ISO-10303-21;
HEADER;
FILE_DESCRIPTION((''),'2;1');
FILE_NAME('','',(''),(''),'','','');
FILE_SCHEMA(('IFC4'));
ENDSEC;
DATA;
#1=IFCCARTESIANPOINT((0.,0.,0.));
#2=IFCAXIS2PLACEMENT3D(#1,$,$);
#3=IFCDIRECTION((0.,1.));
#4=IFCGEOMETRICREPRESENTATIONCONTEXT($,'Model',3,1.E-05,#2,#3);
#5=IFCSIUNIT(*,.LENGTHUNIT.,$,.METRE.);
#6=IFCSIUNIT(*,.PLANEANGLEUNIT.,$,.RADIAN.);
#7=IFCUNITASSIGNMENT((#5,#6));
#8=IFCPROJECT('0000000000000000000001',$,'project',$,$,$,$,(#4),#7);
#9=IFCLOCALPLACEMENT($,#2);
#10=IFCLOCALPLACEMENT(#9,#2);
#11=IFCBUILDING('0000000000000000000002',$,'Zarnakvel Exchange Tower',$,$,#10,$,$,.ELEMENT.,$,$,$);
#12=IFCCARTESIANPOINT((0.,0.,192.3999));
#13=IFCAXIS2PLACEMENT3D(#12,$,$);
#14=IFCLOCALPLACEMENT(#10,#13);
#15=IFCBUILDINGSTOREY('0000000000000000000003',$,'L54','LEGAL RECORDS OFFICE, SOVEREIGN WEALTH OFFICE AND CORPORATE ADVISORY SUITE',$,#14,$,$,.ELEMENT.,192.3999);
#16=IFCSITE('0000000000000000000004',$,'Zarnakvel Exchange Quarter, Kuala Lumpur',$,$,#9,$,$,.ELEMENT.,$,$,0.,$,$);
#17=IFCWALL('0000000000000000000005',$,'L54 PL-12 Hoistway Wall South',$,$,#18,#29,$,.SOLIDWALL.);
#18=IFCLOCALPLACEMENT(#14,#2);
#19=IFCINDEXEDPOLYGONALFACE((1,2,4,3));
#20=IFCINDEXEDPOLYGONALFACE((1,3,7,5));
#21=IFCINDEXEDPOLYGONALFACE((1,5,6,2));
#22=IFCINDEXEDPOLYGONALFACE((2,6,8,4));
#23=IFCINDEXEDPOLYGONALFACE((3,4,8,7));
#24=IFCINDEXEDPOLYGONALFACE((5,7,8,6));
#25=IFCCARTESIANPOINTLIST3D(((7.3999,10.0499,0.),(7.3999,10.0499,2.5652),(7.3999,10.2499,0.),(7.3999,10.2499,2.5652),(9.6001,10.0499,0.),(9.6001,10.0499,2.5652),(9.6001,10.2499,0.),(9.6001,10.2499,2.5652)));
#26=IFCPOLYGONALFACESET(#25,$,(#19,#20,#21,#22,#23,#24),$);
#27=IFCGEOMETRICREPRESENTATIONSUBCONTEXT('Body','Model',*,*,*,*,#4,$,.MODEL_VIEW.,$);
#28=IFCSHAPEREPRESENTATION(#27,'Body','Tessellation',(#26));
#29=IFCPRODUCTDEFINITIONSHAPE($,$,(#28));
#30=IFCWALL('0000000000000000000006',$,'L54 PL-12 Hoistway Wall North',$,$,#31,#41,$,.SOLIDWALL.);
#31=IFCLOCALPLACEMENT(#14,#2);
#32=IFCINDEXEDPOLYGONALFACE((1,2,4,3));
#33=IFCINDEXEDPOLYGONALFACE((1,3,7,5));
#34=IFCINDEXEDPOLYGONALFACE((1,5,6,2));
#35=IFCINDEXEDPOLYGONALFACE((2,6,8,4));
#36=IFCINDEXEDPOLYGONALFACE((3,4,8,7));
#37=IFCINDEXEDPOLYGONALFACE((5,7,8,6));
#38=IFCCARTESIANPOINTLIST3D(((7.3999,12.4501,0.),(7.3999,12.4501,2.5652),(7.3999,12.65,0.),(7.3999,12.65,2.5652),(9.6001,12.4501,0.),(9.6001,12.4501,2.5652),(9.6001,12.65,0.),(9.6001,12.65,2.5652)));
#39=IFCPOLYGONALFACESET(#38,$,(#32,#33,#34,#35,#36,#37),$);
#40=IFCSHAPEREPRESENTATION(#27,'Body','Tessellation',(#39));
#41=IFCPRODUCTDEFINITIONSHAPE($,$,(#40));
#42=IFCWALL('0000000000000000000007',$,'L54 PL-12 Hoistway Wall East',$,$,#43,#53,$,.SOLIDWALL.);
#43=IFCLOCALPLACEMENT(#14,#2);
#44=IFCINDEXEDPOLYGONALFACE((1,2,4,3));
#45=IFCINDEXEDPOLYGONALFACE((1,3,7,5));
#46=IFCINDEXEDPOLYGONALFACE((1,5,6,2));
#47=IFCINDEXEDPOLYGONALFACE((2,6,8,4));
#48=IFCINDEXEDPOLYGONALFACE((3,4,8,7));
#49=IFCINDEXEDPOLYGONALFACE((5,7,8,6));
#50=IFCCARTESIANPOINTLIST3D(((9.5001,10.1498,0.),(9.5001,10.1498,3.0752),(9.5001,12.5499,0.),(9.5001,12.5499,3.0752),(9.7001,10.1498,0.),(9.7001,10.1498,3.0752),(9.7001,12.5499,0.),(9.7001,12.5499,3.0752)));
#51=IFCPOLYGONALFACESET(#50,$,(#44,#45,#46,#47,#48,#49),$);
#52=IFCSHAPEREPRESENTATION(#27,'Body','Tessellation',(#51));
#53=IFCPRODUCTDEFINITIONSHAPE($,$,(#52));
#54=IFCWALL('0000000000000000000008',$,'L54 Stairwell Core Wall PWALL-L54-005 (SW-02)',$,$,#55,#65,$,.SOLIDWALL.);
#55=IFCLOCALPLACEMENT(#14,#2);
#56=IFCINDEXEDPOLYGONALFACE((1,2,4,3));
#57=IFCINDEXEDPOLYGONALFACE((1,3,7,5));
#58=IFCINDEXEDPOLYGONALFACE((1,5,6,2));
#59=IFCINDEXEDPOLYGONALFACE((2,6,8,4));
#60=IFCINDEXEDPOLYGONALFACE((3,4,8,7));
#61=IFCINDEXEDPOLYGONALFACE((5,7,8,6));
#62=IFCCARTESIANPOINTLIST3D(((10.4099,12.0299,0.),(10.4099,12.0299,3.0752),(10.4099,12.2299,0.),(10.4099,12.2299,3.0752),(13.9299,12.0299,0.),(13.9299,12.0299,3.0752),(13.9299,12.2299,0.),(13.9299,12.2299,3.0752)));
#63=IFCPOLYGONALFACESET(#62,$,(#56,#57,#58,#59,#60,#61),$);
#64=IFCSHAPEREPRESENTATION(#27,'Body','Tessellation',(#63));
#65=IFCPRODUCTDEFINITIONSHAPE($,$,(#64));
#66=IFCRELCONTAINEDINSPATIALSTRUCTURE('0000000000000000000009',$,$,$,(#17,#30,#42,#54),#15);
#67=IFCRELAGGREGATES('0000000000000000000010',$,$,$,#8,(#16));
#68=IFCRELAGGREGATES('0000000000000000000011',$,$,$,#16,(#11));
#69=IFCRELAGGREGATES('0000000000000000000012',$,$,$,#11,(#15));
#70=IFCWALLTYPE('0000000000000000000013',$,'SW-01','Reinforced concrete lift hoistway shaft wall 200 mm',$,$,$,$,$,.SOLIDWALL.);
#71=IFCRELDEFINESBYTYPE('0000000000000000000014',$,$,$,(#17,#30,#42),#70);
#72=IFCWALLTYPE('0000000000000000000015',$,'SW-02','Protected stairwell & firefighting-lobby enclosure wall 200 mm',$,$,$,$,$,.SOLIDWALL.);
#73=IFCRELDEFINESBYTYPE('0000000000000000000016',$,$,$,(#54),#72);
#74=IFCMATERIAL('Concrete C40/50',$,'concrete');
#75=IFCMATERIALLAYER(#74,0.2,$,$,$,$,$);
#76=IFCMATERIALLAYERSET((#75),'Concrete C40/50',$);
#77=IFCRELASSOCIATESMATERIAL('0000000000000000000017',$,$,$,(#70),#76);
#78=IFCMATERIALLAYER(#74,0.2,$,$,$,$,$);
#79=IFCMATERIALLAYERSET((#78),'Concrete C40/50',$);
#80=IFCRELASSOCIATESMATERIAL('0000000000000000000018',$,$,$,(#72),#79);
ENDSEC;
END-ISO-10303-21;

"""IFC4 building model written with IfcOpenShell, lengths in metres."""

from ifc_helpers import new_model, si_unit, direction, frame, frame_2d, origin, place, context, subcontext, project, spatial, rectangle, extrude, material, layer, layer_set, type_object, element, save


model = new_model("IFC4")

# Units and contexts
model_context = context("Model", 3, precision=1e-05, world=origin(), true_north=direction((0.0, 1.0)))
body_context = subcontext(model_context, "Body", "Model", "MODEL_VIEW")
ifc_project = project(units=[si_unit("LENGTHUNIT", "METRE"), si_unit("PLANEANGLEUNIT", "RADIAN")], contexts=[model_context])

# Site, building, storey
site_placement = place(None, origin())
site = spatial("IfcSite", under=ifc_project, at=site_placement, Name="Zarnakvel Exchange Quarter, Kuala Lumpur", CompositionType="ELEMENT", RefElevation=0.0)
building_placement = place(site_placement, origin())
building = spatial("IfcBuilding", under=site, at=building_placement, Name="Zarnakvel Exchange Tower", CompositionType="ELEMENT")
storey_placement = place(building_placement, frame((0.0, 0.0, 192.3999)))
storey = spatial("IfcBuildingStorey", under=building, at=storey_placement, Name="L54", Description="LEGAL RECORDS OFFICE, SOVEREIGN WEALTH OFFICE AND CORPORATE ADVISORY SUITE", CompositionType="ELEMENT", Elevation=192.3999)

# Walls
ifc_material_1 = material(Name="Concrete C40/50", Category="concrete")
ifc_layer_1 = layer(ifc_material_1, 0.2)
ifc_layer_set_1 = layer_set([ifc_layer_1], Name="Concrete C40/50")
wall_type_1 = type_object("IfcWallType", Name="SW-01", Description="Reinforced concrete lift hoistway shaft wall 200 mm", PredefinedType="SOLIDWALL", material=ifc_layer_set_1)
for number, where, z_axis, x_axis, name in (
    (1, (9.6001, 10.1499, 0.0), (0.0, 0.0, 1.0), (-1.0, 0.0, 0.0), "L54 PL-12 Hoistway Wall South"),
    (2, (7.3999, 12.55, 0.0), (0.0, 0.0, 1.0), (1.0, 0.0, 0.0), "L54 PL-12 Hoistway Wall North"),
):
    element("IfcWall", number, at=place(storey_placement, frame(where, z_axis=z_axis, x_axis=x_axis)), inside=storey, type_object=wall_type_1, Name=name, PredefinedType="SOLIDWALL", context=body_context, shape_type="SweptSolid", body=[
        extrude(rectangle(XDim=2.2002, YDim=0.2, at=frame_2d((1.1001, 0.0))), origin(), (0.0, 0.0, 1.0), 2.5652),
    ])
wall_1_placement = place(storey_placement, frame((9.6001, 12.55, 0.0), z_axis=(0.0, 0.0, 1.0), x_axis=(0.0, -1.0, 0.0)))
element("IfcWall", 3, at=wall_1_placement, inside=storey, type_object=wall_type_1, Name="L54 PL-12 Hoistway Wall East", PredefinedType="SOLIDWALL", context=body_context, shape_type="SweptSolid", body=[
    extrude(rectangle(XDim=2.4001, YDim=0.2, at=frame_2d((1.2002, 0.0))), origin(), (0.0, 0.0, 1.0), 3.0752),
])
ifc_layer_2 = layer(ifc_material_1, 0.2)
ifc_layer_set_2 = layer_set([ifc_layer_2], Name="Concrete C40/50")
wall_type_2 = type_object("IfcWallType", Name="SW-02", Description="Protected stairwell & firefighting-lobby enclosure wall 200 mm", PredefinedType="SOLIDWALL", material=ifc_layer_set_2)
wall_2_placement = place(storey_placement, frame((10.4099, 12.1299, 0.0), z_axis=(0.0, 0.0, 1.0), x_axis=(1.0, 0.0, 0.0)))
element("IfcWall", 4, at=wall_2_placement, inside=storey, type_object=wall_type_2, Name="L54 Stairwell Core Wall PWALL-L54-005 (SW-02)", PredefinedType="SOLIDWALL", context=body_context, shape_type="SweptSolid", body=[
    extrude(rectangle(XDim=3.52, YDim=0.2, at=frame_2d((1.76, 0.0))), origin(), (0.0, 0.0, 1.0), 3.0752),
])

save(model, "model.ifc")
